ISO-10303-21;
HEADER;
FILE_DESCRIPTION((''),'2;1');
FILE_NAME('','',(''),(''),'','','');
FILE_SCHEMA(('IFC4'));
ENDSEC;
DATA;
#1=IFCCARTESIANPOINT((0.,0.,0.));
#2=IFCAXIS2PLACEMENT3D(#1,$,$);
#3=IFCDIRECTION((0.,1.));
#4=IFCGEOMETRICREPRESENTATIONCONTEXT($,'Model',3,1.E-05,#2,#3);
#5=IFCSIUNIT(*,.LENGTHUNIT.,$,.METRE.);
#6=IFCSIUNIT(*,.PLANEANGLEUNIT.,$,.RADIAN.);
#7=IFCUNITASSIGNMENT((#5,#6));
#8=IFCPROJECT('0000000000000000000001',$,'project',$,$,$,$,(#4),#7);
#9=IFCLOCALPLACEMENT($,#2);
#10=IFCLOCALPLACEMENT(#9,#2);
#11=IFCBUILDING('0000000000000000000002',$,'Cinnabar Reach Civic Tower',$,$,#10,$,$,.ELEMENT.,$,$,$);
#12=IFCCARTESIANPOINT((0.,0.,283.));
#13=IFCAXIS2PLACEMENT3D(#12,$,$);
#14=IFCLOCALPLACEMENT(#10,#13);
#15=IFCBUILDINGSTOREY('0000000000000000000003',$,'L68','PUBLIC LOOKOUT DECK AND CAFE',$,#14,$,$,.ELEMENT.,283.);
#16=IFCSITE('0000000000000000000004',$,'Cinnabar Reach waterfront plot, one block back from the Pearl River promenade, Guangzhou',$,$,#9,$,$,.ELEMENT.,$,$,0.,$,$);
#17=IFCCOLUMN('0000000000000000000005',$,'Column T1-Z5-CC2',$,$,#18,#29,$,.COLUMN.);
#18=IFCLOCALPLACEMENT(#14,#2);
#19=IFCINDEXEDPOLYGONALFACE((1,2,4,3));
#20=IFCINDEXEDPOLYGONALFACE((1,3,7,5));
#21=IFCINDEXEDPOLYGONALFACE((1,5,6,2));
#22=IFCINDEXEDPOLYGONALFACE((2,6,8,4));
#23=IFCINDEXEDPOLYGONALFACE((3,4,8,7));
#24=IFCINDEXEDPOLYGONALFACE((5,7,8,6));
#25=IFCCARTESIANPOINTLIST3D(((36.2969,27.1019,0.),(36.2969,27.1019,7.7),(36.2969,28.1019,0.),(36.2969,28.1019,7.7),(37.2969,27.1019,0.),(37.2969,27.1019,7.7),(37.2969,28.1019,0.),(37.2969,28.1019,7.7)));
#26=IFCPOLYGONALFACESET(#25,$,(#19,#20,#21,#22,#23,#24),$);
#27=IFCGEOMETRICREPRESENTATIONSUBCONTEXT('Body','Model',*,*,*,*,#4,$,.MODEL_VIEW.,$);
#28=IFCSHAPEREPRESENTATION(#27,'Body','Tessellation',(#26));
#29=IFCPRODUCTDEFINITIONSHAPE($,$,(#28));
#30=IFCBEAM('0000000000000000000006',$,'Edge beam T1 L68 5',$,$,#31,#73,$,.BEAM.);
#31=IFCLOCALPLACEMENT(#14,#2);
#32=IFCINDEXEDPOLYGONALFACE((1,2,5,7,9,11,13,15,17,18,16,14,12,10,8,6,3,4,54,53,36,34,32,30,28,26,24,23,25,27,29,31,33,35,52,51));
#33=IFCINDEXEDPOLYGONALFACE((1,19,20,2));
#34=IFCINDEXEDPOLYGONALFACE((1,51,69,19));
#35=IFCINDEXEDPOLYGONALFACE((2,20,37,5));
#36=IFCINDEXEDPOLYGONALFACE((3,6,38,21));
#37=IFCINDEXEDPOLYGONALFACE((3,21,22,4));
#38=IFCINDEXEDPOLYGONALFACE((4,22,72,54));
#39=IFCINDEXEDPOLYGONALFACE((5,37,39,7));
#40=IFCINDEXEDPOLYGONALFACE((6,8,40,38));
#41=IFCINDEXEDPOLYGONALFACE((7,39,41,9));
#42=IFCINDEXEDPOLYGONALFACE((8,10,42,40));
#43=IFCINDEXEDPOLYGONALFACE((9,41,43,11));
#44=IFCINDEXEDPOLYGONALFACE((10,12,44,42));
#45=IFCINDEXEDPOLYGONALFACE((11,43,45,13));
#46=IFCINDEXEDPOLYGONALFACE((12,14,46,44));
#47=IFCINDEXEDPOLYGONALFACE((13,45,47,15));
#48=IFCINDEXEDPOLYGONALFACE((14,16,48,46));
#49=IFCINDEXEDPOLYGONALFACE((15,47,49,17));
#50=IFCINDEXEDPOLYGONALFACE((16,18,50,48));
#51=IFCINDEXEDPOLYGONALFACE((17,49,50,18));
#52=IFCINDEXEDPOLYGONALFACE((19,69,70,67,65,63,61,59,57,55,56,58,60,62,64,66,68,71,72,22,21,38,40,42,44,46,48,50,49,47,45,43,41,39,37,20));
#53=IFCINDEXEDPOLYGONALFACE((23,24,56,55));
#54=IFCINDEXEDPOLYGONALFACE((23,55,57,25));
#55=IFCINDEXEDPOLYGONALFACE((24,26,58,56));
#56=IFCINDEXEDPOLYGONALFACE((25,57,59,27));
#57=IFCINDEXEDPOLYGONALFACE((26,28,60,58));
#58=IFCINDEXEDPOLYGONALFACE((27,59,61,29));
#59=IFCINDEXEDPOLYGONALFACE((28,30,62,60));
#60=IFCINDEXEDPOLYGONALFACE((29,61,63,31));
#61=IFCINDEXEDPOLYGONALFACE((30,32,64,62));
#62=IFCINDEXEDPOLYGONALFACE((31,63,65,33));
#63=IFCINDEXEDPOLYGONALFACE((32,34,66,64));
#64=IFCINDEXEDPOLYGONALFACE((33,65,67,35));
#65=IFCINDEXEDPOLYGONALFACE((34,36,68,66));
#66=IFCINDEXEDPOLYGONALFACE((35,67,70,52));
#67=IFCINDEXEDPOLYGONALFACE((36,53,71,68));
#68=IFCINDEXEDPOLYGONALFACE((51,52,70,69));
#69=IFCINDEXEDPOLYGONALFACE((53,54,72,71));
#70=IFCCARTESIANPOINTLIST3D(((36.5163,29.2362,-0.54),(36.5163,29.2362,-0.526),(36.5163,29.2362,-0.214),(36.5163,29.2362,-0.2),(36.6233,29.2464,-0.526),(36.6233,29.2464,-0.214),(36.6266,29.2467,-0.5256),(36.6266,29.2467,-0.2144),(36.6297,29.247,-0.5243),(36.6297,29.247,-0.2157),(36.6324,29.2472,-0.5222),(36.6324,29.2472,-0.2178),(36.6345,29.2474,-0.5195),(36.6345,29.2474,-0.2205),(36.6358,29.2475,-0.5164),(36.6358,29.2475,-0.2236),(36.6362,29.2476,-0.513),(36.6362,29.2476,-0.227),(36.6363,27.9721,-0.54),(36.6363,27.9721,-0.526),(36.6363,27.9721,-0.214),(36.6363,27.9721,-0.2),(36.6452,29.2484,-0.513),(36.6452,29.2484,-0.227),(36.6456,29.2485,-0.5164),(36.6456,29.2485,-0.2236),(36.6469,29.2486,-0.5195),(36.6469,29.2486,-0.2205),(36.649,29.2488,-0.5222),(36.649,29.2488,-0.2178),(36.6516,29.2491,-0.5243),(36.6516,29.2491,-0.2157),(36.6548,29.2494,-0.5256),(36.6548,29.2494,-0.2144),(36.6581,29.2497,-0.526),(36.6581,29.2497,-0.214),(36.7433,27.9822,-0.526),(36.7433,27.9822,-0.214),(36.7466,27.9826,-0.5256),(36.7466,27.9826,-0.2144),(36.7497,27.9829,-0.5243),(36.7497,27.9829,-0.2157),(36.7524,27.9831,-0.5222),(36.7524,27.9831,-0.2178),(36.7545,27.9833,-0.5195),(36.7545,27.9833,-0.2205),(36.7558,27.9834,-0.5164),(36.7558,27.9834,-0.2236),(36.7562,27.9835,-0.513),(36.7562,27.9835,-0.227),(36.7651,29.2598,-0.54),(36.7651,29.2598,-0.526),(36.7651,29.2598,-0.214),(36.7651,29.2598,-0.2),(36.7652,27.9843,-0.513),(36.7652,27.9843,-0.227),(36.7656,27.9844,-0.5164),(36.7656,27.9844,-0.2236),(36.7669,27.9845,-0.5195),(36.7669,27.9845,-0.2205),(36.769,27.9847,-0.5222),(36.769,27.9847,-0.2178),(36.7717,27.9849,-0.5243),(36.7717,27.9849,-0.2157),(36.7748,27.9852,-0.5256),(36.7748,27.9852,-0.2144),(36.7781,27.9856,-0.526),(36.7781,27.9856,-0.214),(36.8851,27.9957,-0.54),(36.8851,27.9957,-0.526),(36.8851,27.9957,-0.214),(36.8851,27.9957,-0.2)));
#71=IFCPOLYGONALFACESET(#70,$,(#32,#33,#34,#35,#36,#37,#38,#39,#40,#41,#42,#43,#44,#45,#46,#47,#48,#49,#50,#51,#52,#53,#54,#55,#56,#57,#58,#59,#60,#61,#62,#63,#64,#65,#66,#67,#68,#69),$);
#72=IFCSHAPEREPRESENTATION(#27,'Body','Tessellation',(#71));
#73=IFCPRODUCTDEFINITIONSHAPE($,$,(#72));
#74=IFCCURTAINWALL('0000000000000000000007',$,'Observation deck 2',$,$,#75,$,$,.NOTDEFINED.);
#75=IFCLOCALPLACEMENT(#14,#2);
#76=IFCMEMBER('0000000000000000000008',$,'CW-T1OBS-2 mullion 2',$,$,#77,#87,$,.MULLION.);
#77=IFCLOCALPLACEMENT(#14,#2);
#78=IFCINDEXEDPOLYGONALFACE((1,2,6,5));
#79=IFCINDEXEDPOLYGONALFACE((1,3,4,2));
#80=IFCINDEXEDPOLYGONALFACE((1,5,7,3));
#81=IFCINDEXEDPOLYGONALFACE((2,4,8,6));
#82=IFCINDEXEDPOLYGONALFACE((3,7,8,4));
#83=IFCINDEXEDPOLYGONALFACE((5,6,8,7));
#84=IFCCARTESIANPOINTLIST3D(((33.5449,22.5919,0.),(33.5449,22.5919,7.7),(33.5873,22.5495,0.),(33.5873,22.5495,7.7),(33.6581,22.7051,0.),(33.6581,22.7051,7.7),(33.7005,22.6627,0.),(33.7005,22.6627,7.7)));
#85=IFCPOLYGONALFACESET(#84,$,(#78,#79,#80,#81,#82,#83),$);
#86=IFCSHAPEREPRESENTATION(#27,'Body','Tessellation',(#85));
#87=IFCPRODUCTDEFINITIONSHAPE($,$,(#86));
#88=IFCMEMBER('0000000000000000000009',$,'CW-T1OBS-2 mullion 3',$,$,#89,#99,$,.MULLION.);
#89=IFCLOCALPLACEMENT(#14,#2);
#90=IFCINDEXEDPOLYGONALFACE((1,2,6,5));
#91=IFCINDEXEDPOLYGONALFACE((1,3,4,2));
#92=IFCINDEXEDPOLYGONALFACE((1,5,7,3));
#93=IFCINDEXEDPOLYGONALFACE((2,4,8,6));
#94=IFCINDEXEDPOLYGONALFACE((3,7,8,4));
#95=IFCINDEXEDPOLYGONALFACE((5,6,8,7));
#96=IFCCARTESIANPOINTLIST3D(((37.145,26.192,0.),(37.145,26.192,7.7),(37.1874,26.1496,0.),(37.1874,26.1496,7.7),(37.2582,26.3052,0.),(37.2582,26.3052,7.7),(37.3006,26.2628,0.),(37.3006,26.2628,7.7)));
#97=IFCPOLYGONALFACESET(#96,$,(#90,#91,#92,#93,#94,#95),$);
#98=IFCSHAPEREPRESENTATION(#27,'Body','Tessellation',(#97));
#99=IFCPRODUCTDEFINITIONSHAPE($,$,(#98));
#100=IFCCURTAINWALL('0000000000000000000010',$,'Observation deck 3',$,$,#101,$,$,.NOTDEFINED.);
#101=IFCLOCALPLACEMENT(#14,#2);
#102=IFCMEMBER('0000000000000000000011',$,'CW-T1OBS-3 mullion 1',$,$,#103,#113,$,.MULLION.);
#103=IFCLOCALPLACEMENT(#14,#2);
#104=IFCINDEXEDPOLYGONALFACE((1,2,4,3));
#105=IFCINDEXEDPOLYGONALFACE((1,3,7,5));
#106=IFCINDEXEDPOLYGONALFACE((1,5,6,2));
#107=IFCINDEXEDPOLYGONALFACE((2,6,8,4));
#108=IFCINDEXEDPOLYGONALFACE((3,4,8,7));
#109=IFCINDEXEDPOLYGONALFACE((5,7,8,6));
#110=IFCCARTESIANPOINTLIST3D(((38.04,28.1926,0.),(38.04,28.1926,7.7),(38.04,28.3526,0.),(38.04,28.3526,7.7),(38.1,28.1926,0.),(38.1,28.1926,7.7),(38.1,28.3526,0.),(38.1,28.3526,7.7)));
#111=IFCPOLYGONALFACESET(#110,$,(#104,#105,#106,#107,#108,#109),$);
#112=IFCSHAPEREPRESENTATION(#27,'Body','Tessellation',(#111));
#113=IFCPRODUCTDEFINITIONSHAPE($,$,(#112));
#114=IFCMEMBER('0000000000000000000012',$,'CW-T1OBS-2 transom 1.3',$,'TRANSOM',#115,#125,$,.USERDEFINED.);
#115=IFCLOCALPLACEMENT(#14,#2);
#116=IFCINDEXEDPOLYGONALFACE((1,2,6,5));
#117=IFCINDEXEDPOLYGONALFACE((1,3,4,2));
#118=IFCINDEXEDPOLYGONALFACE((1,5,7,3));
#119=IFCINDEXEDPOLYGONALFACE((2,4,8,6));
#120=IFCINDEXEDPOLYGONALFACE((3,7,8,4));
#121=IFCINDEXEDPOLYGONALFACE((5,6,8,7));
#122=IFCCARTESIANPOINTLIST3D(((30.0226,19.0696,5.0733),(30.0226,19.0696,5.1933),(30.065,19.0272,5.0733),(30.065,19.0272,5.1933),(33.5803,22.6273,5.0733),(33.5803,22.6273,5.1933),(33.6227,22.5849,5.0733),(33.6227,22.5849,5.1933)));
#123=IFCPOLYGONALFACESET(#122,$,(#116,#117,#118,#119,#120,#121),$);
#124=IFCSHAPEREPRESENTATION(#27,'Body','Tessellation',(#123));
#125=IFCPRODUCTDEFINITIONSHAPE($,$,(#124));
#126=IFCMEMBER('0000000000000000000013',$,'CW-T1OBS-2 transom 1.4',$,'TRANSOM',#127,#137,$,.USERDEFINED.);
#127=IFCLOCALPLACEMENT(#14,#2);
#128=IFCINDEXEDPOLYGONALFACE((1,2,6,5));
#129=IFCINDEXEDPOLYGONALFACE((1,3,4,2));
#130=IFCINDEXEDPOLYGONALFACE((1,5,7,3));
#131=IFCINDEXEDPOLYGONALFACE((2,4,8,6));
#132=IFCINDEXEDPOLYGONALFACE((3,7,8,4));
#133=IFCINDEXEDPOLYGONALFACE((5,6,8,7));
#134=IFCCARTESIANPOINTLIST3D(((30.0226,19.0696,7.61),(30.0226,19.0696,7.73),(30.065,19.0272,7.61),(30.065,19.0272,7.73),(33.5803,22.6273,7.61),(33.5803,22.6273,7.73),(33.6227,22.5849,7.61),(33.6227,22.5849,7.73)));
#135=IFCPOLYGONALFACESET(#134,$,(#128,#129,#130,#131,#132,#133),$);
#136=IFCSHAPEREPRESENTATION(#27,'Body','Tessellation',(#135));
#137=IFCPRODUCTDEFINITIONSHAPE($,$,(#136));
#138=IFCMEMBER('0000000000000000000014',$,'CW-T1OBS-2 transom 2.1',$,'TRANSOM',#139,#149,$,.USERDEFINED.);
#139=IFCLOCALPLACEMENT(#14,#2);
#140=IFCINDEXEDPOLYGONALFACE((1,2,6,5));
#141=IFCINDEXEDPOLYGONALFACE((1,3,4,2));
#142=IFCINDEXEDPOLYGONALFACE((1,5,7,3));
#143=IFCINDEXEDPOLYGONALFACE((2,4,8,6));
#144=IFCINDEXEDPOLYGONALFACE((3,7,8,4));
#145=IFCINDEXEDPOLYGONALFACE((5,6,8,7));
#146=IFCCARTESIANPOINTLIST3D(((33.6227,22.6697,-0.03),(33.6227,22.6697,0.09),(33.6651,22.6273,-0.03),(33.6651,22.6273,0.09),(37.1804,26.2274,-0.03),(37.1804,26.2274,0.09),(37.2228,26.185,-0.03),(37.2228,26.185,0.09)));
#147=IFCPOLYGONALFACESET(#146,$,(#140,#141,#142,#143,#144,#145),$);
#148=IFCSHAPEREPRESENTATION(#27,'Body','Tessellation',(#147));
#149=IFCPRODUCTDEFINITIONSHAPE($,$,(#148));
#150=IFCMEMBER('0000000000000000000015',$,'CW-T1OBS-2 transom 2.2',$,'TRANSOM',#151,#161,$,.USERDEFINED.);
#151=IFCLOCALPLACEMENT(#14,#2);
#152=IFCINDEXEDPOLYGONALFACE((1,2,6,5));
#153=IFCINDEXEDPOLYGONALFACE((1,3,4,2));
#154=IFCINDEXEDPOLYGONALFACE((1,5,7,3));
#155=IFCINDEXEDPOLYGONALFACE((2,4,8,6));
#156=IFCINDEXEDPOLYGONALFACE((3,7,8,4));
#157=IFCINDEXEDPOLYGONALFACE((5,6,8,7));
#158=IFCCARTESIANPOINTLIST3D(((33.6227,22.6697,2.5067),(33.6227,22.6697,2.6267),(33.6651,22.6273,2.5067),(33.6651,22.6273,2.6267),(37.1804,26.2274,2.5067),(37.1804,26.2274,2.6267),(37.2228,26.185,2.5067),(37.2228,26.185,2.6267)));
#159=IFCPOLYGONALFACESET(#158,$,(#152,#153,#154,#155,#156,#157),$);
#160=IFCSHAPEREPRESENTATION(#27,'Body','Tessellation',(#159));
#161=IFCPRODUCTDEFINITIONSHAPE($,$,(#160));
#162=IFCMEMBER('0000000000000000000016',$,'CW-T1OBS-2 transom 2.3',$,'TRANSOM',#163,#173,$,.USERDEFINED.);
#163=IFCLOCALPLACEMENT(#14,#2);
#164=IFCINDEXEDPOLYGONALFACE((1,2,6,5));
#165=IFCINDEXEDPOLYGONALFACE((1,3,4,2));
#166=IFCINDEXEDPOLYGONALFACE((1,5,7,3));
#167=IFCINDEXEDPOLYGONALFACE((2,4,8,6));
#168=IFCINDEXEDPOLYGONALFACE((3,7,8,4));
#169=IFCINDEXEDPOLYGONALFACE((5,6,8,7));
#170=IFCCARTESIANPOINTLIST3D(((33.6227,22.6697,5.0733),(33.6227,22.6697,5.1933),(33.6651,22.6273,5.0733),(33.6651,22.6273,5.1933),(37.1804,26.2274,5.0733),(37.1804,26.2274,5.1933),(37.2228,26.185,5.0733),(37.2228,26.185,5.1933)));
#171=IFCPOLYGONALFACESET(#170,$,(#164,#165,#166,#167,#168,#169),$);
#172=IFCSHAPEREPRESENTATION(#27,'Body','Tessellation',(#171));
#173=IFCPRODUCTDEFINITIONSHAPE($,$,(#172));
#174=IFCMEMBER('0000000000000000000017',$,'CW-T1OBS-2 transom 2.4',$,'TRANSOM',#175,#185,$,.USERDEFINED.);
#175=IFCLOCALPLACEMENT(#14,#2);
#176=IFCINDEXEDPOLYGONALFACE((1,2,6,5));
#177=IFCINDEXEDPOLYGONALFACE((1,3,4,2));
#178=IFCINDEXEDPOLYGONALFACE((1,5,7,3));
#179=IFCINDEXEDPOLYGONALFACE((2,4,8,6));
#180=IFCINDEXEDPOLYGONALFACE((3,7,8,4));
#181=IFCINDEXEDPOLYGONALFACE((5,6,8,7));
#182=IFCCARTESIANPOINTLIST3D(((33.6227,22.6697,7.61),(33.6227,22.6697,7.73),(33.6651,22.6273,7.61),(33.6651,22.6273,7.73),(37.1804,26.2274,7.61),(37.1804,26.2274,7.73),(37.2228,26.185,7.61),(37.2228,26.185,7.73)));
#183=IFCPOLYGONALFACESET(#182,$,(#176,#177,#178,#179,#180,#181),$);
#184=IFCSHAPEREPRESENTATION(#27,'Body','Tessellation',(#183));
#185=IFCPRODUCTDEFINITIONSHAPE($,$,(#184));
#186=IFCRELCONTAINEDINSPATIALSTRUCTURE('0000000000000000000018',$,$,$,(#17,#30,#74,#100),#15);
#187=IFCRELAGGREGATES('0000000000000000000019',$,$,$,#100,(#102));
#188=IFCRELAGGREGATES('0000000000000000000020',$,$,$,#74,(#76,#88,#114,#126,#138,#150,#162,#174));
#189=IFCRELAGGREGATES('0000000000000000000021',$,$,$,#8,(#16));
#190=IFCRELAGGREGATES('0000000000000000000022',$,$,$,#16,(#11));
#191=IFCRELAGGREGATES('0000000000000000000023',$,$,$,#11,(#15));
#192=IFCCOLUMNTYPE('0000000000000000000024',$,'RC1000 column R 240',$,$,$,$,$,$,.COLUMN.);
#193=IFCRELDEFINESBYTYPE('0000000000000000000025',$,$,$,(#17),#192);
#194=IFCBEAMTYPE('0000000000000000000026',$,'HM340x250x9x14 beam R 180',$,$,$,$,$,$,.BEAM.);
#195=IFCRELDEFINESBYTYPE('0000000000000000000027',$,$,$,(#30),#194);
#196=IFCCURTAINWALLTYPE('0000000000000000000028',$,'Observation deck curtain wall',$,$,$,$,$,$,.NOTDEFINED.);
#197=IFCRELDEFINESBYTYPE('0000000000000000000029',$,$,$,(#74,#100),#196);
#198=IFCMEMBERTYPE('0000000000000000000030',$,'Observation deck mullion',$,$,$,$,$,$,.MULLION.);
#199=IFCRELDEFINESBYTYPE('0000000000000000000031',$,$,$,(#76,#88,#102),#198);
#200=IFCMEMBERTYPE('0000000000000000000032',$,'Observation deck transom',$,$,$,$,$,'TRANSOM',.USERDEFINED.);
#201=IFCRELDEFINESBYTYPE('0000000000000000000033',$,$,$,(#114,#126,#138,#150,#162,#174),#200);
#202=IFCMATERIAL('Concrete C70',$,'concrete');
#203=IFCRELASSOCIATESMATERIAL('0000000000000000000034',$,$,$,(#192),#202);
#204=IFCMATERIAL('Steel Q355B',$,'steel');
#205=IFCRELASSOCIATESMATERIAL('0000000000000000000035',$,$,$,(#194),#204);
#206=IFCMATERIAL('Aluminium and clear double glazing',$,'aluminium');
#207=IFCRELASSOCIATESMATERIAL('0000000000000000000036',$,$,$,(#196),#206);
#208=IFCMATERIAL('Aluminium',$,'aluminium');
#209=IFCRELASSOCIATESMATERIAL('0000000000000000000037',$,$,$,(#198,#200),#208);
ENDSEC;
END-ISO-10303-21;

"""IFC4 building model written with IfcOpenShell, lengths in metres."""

from ifc_helpers import new_model, si_unit, direction, frame, origin, origin_2d, place, context, subcontext, project, spatial, rectangle, i_section, extrude, material, material_profile, profile_set, type_object, element, aggregate, save


model = new_model("IFC4")

# Units and contexts
model_context = context("Model", 3, precision=1e-05, world=origin(), true_north=direction((0.0, 1.0)))
body_context = subcontext(model_context, "Body", "Model", "MODEL_VIEW")
ifc_project = project(units=[si_unit("LENGTHUNIT", "METRE"), si_unit("PLANEANGLEUNIT", "RADIAN")], contexts=[model_context])

# Site, building, storey
site_placement = place(None, origin())
site = spatial("IfcSite", under=ifc_project, at=site_placement, Name="Cinnabar Reach waterfront plot, one block back from the Pearl River promenade, Guangzhou", CompositionType="ELEMENT", RefElevation=0.0)
building_placement = place(site_placement, origin())
building = spatial("IfcBuilding", under=site, at=building_placement, Name="Cinnabar Reach Civic Tower", CompositionType="ELEMENT")
storey_placement = place(building_placement, frame((0.0, 0.0, 283.0)))
storey = spatial("IfcBuildingStorey", under=building, at=storey_placement, Name="L68", Description="PUBLIC LOOKOUT DECK AND CAFE", CompositionType="ELEMENT", Elevation=283.0)

# Column
ifc_material_1 = material(Name="Concrete C70", Category="concrete")
ifc_material_profile_1 = material_profile(ifc_material_1, rectangle(XDim=1.0, YDim=1.0, at=origin_2d()), Name="RC1000")
ifc_profile_set_1 = profile_set([ifc_material_profile_1], Name="Concrete C70")
column_type = type_object("IfcColumnType", Name="RC1000 column R 240", PredefinedType="COLUMN", material=ifc_profile_set_1)
column_placement = place(storey_placement, frame((36.7969, 27.6019, 0.0), z_axis=(0.0, 0.0, 1.0), x_axis=(1.0, 0.0, 0.0)))
element("IfcColumn", 1, at=column_placement, inside=storey, type_object=column_type, Name="Column T1-Z5-CC2", PredefinedType="COLUMN", context=body_context, shape_type="SweptSolid", body=[
    extrude(rectangle(XDim=1.0, YDim=1.0, at=origin_2d()), origin(), (0.0, 0.0, 1.0), 7.7),
])

# Beam
ifc_material_2 = material(Name="Steel Q355B", Category="steel")
ifc_material_profile_2 = material_profile(ifc_material_2, i_section(OverallWidth=0.25, OverallDepth=0.34, WebThickness=0.009, FlangeThickness=0.014, FilletRadius=0.013, at=origin_2d()), Name="HM340x250x9x14")
ifc_profile_set_2 = profile_set([ifc_material_profile_2], Name="Steel Q355B")
beam_type = type_object("IfcBeamType", Name="HM340x250x9x14 beam R 180", PredefinedType="BEAM", material=ifc_profile_set_2)
beam_placement = place(storey_placement, frame((36.7607, 27.9839, -0.37), z_axis=(-0.094504, 0.995524, 0.0), x_axis=(-0.995524, -0.094504, 0.0)))
element("IfcBeam", 2, at=beam_placement, inside=storey, type_object=beam_type, Name="Edge beam T1 L68 5", PredefinedType="BEAM", context=body_context, shape_type="SweptSolid", body=[
    extrude(i_section(OverallWidth=0.25, OverallDepth=0.34, WebThickness=0.009, FlangeThickness=0.014, FilletRadius=0.013, at=origin_2d()), origin(), (0.0, 0.0, 1.0), 1.2698),
])

# Curtain wall, members
ifc_material_3 = material(Name="Aluminium and clear double glazing", Category="aluminium")
curtain_wall_type = type_object("IfcCurtainWallType", Name="Observation deck curtain wall", PredefinedType="NOTDEFINED", material=ifc_material_3)
curtain_wall_1_placement = place(storey_placement, origin())
curtain_wall_1 = element("IfcCurtainWall", 3, at=curtain_wall_1_placement, inside=storey, type_object=curtain_wall_type, Name="Observation deck 2", PredefinedType="NOTDEFINED")
ifc_material_4 = material(Name="Aluminium", Category="aluminium")
ifc_material_profile_3 = material_profile(ifc_material_4, rectangle(XDim=0.06, YDim=0.16, at=origin_2d()), Name="Observation deck mullion")
ifc_profile_set_3 = profile_set([ifc_material_profile_3], Name="Aluminium")
member_type_1 = type_object("IfcMemberType", Name="Observation deck mullion", PredefinedType="MULLION", material=ifc_profile_set_3)
member_1_placement = place(storey_placement, frame((33.6227, 22.6273, 0.0), z_axis=(0.0, 0.0, 1.0), x_axis=(-0.707107, 0.707107, 0.0)))
member_1 = element("IfcMember", 4, at=member_1_placement, type_object=member_type_1, Name="CW-T1OBS-2 mullion 2", PredefinedType="MULLION", context=body_context, shape_type="SweptSolid", body=[
    extrude(rectangle(XDim=0.06, YDim=0.16, at=origin_2d()), origin(), (0.0, 0.0, 1.0), 7.7),
])
member_2_placement = place(storey_placement, frame((37.2228, 26.2274, 0.0), z_axis=(0.0, 0.0, 1.0), x_axis=(-0.707107, 0.707107, 0.0)))
member_2 = element("IfcMember", 5, at=member_2_placement, type_object=member_type_1, Name="CW-T1OBS-2 mullion 3", PredefinedType="MULLION", context=body_context, shape_type="SweptSolid", body=[
    extrude(rectangle(XDim=0.06, YDim=0.16, at=origin_2d()), origin(), (0.0, 0.0, 1.0), 7.7),
])

# Curtain wall, member
curtain_wall_2_placement = place(storey_placement, origin())
curtain_wall_2 = element("IfcCurtainWall", 6, at=curtain_wall_2_placement, inside=storey, type_object=curtain_wall_type, Name="Observation deck 3", PredefinedType="NOTDEFINED")
member_3_placement = place(storey_placement, frame((38.07, 28.2726, 0.0), z_axis=(0.0, 0.0, 1.0), x_axis=(-1.0, 0.0, 0.0)))
member_3 = element("IfcMember", 7, at=member_3_placement, type_object=member_type_1, Name="CW-T1OBS-3 mullion 1", PredefinedType="MULLION", context=body_context, shape_type="SweptSolid", body=[
    extrude(rectangle(XDim=0.06, YDim=0.16, at=origin_2d()), origin(), (0.0, 0.0, 1.0), 7.7),
])

# Members
ifc_material_profile_4 = material_profile(ifc_material_4, rectangle(XDim=0.06, YDim=0.12, at=origin_2d()), Name="Observation deck transom")
ifc_profile_set_4 = profile_set([ifc_material_profile_4], Name="Aluminium")
member_type_2 = type_object("IfcMemberType", Name="Observation deck transom", ElementType="TRANSOM", PredefinedType="USERDEFINED", material=ifc_profile_set_4)
member_4_placement = place(storey_placement, frame((30.0438, 19.0484, 5.1333), z_axis=(0.707107, 0.707107, 0.0), x_axis=(-0.707107, 0.707107, 0.0)))
member_4 = element("IfcMember", 8, at=member_4_placement, type_object=member_type_2, Name="CW-T1OBS-2 transom 1.3", ObjectType="TRANSOM", PredefinedType="USERDEFINED", context=body_context, shape_type="SweptSolid", body=[
    extrude(rectangle(XDim=0.06, YDim=0.12, at=origin_2d()), origin(), (0.0, 0.0, 1.0), 5.0313),
])
member_5_placement = place(storey_placement, frame((30.0438, 19.0484, 7.67), z_axis=(0.707107, 0.707107, 0.0), x_axis=(-0.707107, 0.707107, 0.0)))
member_5 = element("IfcMember", 9, at=member_5_placement, type_object=member_type_2, Name="CW-T1OBS-2 transom 1.4", ObjectType="TRANSOM", PredefinedType="USERDEFINED", context=body_context, shape_type="SweptSolid", body=[
    extrude(rectangle(XDim=0.06, YDim=0.12, at=origin_2d()), origin(), (0.0, 0.0, 1.0), 5.0313),
])
member_6_placement = place(storey_placement, frame((33.6439, 22.6485, 0.03), z_axis=(0.707107, 0.707107, 0.0), x_axis=(-0.707107, 0.707107, 0.0)))
member_6 = element("IfcMember", 10, at=member_6_placement, type_object=member_type_2, Name="CW-T1OBS-2 transom 2.1", ObjectType="TRANSOM", PredefinedType="USERDEFINED", context=body_context, shape_type="SweptSolid", body=[
    extrude(rectangle(XDim=0.06, YDim=0.12, at=origin_2d()), origin(), (0.0, 0.0, 1.0), 5.0313),
])
member_7_placement = place(storey_placement, frame((33.6439, 22.6485, 2.5667), z_axis=(0.707107, 0.707107, 0.0), x_axis=(-0.707107, 0.707107, 0.0)))
member_7 = element("IfcMember", 11, at=member_7_placement, type_object=member_type_2, Name="CW-T1OBS-2 transom 2.2", ObjectType="TRANSOM", PredefinedType="USERDEFINED", context=body_context, shape_type="SweptSolid", body=[
    extrude(rectangle(XDim=0.06, YDim=0.12, at=origin_2d()), origin(), (0.0, 0.0, 1.0), 5.0313),
])
member_8_placement = place(storey_placement, frame((33.6439, 22.6485, 5.1333), z_axis=(0.707107, 0.707107, 0.0), x_axis=(-0.707107, 0.707107, 0.0)))
member_8 = element("IfcMember", 12, at=member_8_placement, type_object=member_type_2, Name="CW-T1OBS-2 transom 2.3", ObjectType="TRANSOM", PredefinedType="USERDEFINED", context=body_context, shape_type="SweptSolid", body=[
    extrude(rectangle(XDim=0.06, YDim=0.12, at=origin_2d()), origin(), (0.0, 0.0, 1.0), 5.0313),
])
member_9_placement = place(storey_placement, frame((33.6439, 22.6485, 7.67), z_axis=(0.707107, 0.707107, 0.0), x_axis=(-0.707107, 0.707107, 0.0)))
member_9 = element("IfcMember", 13, at=member_9_placement, type_object=member_type_2, Name="CW-T1OBS-2 transom 2.4", ObjectType="TRANSOM", PredefinedType="USERDEFINED", context=body_context, shape_type="SweptSolid", body=[
    extrude(rectangle(XDim=0.06, YDim=0.12, at=origin_2d()), origin(), (0.0, 0.0, 1.0), 5.0313),
])
aggregate(curtain_wall_2, [member_3])

aggregate(curtain_wall_1, [member_1, member_2, member_4, member_5, member_6, member_7, member_8, member_9])

save(model, "model.ifc")
